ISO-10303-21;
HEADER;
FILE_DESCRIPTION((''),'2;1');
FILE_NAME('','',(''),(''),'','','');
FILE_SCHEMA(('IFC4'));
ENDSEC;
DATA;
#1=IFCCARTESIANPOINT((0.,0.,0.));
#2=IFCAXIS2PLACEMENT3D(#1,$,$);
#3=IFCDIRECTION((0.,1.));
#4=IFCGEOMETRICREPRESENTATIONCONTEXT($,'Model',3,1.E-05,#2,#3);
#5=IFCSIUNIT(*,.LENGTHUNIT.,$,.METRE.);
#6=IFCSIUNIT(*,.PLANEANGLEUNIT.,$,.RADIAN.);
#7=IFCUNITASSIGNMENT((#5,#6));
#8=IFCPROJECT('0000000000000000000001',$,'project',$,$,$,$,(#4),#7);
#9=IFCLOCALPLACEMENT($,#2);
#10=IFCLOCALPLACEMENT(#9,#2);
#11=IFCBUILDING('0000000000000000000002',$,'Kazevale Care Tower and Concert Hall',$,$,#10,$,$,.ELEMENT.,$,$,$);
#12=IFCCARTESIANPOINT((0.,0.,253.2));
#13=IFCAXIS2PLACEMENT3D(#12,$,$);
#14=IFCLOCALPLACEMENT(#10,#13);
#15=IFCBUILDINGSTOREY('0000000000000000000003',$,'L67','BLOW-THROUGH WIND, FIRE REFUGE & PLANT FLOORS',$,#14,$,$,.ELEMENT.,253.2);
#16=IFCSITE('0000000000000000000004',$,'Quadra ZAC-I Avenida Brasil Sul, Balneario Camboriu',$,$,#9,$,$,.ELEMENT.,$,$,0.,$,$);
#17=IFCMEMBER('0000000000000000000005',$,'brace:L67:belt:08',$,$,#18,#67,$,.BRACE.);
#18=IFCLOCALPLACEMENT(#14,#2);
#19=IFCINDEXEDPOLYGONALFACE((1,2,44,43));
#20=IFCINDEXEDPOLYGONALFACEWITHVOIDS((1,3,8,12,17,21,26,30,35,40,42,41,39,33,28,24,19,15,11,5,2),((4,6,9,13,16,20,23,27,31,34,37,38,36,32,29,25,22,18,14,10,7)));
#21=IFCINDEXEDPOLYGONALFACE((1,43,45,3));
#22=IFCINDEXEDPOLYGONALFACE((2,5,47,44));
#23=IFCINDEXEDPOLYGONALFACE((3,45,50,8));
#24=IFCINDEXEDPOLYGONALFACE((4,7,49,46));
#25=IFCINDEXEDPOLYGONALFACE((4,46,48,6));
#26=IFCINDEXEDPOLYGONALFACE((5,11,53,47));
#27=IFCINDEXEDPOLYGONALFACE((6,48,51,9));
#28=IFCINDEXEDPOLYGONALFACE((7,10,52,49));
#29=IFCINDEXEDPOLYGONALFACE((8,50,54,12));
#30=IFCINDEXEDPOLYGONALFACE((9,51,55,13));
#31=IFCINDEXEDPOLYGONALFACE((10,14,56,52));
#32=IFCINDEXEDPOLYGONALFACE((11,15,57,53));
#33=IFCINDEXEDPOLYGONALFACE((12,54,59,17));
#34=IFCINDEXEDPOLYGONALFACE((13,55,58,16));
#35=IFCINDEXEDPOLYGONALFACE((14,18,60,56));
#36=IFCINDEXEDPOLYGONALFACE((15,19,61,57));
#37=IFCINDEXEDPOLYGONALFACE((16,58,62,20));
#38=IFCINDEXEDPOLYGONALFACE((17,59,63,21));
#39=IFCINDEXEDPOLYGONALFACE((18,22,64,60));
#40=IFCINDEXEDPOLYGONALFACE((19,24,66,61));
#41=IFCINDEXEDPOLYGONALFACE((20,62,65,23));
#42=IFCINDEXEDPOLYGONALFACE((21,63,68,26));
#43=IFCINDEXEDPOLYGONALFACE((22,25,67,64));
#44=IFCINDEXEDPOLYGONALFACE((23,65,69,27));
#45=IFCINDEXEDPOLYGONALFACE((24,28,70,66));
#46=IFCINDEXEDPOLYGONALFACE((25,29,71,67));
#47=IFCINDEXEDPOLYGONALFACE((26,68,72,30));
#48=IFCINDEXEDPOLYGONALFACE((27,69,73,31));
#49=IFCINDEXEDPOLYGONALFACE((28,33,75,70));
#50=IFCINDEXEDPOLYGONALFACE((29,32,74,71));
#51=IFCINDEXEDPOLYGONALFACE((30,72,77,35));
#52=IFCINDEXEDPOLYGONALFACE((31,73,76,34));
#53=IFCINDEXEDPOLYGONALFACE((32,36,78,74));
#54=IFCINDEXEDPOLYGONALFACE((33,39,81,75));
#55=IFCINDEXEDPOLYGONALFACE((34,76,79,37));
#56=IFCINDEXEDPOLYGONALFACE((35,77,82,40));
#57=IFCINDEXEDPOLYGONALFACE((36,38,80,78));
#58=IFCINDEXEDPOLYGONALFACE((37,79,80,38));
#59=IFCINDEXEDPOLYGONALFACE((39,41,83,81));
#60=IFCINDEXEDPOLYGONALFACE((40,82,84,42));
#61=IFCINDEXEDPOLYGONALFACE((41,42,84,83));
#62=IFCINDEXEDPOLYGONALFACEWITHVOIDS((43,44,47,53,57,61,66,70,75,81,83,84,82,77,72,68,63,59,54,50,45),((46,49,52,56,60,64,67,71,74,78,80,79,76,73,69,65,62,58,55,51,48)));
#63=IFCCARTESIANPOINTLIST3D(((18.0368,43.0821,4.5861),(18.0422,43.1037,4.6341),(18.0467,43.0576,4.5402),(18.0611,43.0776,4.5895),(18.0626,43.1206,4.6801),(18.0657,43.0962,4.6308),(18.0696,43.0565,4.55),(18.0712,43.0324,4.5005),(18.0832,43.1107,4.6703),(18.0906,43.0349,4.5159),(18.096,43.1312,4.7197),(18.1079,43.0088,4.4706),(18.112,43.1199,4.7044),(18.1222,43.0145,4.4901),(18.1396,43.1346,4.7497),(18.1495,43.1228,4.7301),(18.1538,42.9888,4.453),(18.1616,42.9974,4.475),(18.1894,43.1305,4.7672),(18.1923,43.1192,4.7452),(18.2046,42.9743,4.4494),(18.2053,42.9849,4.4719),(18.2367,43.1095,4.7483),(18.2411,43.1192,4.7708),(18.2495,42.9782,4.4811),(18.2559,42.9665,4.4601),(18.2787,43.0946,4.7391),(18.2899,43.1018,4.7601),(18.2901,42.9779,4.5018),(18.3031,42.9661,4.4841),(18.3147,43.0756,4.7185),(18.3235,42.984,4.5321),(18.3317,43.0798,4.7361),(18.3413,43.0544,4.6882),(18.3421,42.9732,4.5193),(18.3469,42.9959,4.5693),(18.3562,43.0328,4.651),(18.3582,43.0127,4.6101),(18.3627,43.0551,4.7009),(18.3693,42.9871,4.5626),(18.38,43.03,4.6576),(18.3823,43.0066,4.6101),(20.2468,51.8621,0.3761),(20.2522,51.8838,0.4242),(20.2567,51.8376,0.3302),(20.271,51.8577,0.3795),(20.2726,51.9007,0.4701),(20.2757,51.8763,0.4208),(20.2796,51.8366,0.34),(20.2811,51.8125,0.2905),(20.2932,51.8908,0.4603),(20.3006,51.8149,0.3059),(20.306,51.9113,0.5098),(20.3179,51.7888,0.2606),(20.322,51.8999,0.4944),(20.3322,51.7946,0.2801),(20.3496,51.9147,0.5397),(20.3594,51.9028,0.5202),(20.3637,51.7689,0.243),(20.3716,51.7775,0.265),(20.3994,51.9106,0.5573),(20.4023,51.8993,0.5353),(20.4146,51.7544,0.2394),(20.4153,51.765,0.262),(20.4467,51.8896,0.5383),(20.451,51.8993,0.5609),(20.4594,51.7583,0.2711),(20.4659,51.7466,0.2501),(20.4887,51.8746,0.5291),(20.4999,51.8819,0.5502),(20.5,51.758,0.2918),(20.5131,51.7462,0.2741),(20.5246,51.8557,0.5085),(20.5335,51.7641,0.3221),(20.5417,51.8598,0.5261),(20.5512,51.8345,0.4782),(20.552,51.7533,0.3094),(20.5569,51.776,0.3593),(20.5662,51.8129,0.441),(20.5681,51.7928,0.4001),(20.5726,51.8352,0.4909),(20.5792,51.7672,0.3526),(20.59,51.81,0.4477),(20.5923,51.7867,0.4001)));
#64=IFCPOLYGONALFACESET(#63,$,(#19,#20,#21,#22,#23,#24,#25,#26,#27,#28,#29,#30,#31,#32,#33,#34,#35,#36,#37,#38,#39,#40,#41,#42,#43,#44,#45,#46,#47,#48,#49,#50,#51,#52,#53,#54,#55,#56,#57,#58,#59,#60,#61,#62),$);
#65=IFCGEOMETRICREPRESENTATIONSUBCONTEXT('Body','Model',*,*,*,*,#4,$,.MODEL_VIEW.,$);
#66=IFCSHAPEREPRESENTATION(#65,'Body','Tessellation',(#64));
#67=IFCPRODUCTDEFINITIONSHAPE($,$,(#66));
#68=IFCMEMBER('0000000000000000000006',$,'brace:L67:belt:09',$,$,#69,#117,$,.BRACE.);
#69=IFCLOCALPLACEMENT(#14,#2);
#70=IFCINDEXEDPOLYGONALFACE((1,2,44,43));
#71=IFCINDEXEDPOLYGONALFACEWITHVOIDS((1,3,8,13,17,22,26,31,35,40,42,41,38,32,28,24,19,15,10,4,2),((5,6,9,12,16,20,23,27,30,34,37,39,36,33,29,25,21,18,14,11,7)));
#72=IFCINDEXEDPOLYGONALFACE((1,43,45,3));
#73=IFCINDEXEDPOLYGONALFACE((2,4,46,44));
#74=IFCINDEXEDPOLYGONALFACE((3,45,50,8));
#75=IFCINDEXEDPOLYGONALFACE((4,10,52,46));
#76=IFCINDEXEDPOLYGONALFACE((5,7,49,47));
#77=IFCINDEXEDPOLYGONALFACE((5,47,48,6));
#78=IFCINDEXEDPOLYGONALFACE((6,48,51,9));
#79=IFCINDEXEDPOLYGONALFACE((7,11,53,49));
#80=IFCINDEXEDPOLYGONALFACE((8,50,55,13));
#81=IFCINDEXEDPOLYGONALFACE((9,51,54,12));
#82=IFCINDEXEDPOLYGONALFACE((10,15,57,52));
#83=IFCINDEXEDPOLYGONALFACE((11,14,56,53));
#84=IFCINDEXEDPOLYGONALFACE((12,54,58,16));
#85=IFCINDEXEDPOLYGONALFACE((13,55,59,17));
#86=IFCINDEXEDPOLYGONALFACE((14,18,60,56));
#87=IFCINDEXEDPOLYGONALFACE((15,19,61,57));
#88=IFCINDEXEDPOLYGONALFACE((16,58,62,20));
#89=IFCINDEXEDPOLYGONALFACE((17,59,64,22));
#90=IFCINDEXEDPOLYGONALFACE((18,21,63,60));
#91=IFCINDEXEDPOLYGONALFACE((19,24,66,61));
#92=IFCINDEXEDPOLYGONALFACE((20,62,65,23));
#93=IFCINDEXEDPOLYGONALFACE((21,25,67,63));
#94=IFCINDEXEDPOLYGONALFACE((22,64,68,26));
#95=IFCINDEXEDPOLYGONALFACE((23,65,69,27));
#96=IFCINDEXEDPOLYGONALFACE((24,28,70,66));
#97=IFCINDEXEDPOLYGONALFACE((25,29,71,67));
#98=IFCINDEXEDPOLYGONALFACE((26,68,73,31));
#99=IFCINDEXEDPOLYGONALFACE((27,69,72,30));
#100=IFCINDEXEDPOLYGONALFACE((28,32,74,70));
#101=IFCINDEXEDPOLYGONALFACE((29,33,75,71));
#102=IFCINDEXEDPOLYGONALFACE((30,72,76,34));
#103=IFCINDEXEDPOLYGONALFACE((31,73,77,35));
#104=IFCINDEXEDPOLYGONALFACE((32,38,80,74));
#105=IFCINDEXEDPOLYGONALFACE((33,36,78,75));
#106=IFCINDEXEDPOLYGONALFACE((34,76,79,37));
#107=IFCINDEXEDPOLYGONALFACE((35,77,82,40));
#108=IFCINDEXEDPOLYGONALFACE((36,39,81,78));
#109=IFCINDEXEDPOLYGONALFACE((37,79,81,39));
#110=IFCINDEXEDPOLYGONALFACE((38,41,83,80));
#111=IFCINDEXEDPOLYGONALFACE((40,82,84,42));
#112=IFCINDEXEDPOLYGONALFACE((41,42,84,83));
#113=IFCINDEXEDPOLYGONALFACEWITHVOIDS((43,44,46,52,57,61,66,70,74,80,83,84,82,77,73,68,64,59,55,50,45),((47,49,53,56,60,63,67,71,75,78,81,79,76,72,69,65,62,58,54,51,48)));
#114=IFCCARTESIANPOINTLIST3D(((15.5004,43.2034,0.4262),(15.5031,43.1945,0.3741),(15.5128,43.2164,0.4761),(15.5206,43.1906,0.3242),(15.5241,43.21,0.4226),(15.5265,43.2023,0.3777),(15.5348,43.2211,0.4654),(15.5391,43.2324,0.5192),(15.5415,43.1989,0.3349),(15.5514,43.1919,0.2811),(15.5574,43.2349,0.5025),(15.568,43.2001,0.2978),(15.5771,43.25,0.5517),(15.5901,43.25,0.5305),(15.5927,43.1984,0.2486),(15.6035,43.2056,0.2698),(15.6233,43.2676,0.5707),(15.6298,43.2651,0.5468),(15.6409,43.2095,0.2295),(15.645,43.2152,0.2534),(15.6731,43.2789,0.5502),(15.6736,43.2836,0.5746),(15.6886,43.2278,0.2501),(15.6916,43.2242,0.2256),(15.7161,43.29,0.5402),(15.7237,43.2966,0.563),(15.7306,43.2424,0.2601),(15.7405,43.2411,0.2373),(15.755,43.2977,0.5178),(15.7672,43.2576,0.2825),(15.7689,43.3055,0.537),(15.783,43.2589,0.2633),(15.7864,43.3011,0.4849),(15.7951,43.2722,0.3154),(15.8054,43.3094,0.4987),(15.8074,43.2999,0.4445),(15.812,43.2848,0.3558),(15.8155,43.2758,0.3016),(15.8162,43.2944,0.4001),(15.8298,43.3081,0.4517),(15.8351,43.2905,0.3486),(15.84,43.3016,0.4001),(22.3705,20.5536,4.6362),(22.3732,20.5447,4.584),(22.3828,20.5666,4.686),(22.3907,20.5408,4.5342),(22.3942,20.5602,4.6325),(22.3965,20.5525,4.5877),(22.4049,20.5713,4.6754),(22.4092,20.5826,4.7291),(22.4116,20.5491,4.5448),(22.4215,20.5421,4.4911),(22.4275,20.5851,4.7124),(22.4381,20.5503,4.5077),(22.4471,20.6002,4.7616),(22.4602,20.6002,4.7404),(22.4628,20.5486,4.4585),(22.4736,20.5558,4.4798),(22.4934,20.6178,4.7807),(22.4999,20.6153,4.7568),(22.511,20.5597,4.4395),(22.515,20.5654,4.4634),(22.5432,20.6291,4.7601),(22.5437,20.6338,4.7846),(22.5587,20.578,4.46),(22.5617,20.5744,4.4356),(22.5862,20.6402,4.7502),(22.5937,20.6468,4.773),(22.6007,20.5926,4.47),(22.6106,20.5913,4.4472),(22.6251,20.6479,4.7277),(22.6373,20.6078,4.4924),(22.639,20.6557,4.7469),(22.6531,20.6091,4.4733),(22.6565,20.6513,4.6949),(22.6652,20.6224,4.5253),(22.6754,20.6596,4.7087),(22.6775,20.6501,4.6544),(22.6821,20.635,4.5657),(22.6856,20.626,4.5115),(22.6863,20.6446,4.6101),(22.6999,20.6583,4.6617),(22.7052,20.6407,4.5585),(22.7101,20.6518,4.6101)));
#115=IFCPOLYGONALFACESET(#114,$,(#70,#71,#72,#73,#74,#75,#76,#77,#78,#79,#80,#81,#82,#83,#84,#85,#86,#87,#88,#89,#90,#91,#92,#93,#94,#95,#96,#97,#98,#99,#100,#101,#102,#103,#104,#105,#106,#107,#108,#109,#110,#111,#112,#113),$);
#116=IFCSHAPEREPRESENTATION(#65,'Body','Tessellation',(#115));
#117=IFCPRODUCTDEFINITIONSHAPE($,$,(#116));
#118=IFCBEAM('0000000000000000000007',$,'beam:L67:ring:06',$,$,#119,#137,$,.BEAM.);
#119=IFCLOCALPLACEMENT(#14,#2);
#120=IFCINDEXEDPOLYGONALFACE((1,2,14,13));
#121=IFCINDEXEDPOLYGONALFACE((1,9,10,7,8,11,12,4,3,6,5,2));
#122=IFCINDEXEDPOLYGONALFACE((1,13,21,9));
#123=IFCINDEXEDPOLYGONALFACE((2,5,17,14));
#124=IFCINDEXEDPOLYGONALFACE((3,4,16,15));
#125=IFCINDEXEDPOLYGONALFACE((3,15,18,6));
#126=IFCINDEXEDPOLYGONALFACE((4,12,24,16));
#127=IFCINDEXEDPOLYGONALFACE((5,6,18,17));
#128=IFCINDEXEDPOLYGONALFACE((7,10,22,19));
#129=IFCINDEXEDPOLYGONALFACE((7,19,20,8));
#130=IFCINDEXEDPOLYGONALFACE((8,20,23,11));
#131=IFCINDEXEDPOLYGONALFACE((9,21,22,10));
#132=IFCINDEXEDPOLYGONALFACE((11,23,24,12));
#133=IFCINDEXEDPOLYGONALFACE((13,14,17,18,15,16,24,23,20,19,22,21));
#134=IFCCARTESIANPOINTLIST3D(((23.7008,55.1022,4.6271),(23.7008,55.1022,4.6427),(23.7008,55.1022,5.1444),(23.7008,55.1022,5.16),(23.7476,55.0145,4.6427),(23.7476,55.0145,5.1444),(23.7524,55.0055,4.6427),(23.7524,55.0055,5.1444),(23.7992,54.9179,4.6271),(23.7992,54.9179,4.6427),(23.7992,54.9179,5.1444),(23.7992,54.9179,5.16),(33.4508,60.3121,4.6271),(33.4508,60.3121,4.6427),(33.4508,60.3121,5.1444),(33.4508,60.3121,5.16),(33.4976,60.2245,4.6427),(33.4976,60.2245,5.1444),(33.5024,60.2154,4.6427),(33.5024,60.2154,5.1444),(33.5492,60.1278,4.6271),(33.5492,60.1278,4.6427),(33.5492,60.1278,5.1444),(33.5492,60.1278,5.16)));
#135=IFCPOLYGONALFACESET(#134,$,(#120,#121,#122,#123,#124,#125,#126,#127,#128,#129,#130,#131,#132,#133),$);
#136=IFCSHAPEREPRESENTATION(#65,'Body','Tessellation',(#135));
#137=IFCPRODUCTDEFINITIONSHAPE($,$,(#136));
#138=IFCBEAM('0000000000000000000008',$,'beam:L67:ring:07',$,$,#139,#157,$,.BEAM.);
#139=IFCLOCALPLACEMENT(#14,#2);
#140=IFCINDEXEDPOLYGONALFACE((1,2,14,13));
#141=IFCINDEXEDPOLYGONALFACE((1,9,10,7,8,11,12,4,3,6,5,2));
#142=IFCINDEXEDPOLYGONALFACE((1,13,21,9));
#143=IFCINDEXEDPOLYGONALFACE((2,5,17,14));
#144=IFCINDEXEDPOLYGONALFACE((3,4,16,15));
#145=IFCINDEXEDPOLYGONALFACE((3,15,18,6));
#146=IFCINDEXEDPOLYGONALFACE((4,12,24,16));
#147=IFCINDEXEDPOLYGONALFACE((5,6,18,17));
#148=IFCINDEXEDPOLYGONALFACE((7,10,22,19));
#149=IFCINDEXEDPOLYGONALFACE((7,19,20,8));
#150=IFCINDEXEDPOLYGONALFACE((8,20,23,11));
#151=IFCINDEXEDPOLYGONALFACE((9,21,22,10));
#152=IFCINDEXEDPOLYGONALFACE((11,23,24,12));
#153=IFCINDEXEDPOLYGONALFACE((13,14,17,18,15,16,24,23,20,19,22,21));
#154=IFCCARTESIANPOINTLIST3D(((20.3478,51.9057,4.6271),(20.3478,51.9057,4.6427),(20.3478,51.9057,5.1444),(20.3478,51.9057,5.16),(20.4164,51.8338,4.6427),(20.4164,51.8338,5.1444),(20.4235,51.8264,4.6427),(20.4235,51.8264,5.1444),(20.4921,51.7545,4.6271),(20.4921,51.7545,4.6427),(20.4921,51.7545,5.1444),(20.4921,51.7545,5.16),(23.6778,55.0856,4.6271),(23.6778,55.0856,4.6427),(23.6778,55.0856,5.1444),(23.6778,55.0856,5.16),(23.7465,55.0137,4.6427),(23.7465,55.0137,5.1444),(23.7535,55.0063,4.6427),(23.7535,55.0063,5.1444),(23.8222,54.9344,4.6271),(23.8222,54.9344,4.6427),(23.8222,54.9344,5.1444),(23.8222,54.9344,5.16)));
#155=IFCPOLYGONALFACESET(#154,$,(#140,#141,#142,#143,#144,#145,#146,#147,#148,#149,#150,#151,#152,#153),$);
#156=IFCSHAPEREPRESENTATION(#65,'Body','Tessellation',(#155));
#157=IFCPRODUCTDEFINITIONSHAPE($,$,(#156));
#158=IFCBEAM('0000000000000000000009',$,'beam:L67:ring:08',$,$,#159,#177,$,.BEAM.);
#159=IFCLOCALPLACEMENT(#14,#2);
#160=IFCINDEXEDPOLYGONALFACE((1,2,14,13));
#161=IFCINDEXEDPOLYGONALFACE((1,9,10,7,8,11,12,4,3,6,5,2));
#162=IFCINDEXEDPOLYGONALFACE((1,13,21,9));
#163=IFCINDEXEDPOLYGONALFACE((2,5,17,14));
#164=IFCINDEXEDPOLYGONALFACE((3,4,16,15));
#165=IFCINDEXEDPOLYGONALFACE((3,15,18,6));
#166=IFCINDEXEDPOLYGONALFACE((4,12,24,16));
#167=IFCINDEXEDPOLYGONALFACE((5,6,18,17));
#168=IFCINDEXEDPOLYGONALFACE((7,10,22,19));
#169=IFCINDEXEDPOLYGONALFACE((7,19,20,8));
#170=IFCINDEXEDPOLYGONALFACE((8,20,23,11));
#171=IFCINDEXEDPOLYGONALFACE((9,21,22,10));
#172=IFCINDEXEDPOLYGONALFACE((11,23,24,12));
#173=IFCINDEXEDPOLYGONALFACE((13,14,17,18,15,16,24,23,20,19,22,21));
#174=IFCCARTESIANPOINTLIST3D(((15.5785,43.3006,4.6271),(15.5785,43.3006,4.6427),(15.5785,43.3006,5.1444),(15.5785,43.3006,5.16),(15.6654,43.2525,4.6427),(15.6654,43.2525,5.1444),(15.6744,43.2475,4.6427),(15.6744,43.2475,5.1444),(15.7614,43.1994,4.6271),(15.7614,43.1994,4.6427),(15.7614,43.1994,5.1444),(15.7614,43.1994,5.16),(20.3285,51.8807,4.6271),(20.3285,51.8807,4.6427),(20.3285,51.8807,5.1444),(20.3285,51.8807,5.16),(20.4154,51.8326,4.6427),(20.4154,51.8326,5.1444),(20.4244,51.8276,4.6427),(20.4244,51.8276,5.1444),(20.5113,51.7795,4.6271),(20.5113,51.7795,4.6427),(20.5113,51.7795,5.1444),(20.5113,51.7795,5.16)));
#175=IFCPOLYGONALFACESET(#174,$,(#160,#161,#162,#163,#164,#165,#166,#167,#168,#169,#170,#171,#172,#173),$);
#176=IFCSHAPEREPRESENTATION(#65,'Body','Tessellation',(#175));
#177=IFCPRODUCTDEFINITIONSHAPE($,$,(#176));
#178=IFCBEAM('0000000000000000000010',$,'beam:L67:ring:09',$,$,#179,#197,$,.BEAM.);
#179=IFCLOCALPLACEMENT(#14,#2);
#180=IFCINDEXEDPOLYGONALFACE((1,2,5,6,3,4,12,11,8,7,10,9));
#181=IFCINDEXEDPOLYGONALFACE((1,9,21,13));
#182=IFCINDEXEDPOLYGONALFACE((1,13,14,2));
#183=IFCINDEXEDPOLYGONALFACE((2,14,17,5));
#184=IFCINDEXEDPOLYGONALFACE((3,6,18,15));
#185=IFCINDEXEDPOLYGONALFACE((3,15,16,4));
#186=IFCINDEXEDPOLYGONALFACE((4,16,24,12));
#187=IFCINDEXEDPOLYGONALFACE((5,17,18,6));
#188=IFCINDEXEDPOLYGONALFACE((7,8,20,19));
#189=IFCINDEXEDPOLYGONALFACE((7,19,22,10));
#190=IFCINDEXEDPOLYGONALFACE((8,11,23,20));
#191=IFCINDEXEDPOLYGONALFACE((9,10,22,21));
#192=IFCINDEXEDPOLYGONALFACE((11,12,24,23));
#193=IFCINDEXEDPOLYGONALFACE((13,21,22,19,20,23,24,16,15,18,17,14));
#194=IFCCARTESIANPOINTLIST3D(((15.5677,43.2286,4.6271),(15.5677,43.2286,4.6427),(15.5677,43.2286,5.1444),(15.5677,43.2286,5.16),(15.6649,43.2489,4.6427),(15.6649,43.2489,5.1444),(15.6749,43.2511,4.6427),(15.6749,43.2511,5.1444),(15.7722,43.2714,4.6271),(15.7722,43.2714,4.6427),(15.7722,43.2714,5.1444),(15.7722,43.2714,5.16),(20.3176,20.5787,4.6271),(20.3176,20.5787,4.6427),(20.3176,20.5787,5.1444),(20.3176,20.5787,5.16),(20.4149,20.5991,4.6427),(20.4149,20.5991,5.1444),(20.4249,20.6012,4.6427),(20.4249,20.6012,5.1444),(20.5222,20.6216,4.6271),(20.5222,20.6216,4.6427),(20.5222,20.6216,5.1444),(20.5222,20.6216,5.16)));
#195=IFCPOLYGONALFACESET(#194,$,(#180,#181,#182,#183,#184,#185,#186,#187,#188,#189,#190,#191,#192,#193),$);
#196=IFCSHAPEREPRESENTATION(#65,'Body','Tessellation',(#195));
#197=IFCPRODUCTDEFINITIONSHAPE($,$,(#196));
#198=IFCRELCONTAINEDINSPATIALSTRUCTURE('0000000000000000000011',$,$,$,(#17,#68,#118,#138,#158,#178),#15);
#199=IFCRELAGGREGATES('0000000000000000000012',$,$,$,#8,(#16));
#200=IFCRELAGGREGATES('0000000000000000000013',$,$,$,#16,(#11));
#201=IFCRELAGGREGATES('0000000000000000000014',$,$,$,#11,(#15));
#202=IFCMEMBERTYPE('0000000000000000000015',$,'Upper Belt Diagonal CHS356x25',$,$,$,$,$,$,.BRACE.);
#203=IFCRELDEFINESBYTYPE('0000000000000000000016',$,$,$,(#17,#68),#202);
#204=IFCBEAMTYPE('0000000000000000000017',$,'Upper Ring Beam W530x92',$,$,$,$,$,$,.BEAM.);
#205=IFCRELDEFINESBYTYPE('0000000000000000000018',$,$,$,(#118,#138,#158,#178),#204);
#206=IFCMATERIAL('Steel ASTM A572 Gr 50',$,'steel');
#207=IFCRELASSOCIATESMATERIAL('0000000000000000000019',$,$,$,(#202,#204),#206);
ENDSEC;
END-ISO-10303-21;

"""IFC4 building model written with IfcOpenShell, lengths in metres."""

from ifc_helpers import new_model, si_unit, direction, frame, origin, origin_2d, place, context, subcontext, project, spatial, hollow_circle, i_section, extrude, material, material_profile, profile_set, type_object, element, save


model = new_model("IFC4")

# Units and contexts
model_context = context("Model", 3, precision=1e-05, world=origin(), true_north=direction((0.0, 1.0)))
body_context = subcontext(model_context, "Body", "Model", "MODEL_VIEW")
ifc_project = project(units=[si_unit("LENGTHUNIT", "METRE"), si_unit("PLANEANGLEUNIT", "RADIAN")], contexts=[model_context])

# Site, building, storey
site_placement = place(None, origin())
site = spatial("IfcSite", under=ifc_project, at=site_placement, Name="Quadra ZAC-I Avenida Brasil Sul, Balneario Camboriu", CompositionType="ELEMENT", RefElevation=0.0)
building_placement = place(site_placement, origin())
building = spatial("IfcBuilding", under=site, at=building_placement, Name="Kazevale Care Tower and Concert Hall", CompositionType="ELEMENT")
storey_placement = place(building_placement, frame((0.0, 0.0, 253.2)))
storey = spatial("IfcBuildingStorey", under=building, at=storey_placement, Name="L67", Description="BLOW-THROUGH WIND, FIRE REFUGE & PLANT FLOORS", CompositionType="ELEMENT", Elevation=253.2)

# Shared definitions
ifc_material_1 = material(Name="Steel ASTM A572 Gr 50", Category="steel")

# Members
ifc_material_profile_1 = material_profile(ifc_material_1, hollow_circle(Radius=0.1777, WallThickness=0.0249, at=origin_2d()), Name="CHS356x25")
ifc_profile_set_1 = profile_set([ifc_material_profile_1], Name="Steel ASTM A572 Gr 50")
member_type = type_object("IfcMemberType", Name="Upper Belt Diagonal CHS356x25", PredefinedType="BRACE", material=ifc_profile_set_1)
member_1_placement = place(storey_placement, frame((20.4199, 51.8301, 0.4001), z_axis=(-0.221332, -0.879338, 0.421636), x_axis=(0.969753, -0.24409, 0.0)))
element("IfcMember", 1, at=member_1_placement, inside=storey, type_object=member_type, Name="brace:L67:belt:08", PredefinedType="BRACE", context=body_context, shape_type="SweptSolid", body=[
    extrude(hollow_circle(Radius=0.1777, WallThickness=0.0249, at=origin_2d()), origin(), (0.0, 0.0, 1.0), 9.9849),
])
member_2_placement = place(storey_placement, frame((15.6699, 43.25, 0.4001), z_axis=(0.285774, -0.94216, 0.17512), x_axis=(0.956948, 0.290259, 0.0)))
element("IfcMember", 2, at=member_2_placement, inside=storey, type_object=member_type, Name="brace:L67:belt:09", PredefinedType="BRACE", context=body_context, shape_type="SweptSolid", body=[
    extrude(hollow_circle(Radius=0.1777, WallThickness=0.0249, at=origin_2d()), origin(), (0.0, 0.0, 1.0), 24.0403),
])

# Beams
ifc_material_profile_2 = material_profile(ifc_material_1, i_section(OverallWidth=0.209, OverallDepth=0.533, WebThickness=0.0103, FlangeThickness=0.0156, at=origin_2d()), Name="W530x92")
ifc_profile_set_2 = profile_set([ifc_material_profile_2], Name="Steel ASTM A572 Gr 50")
beam_type_1 = type_object("IfcBeamType", Name="Upper Ring Beam W530x92", PredefinedType="BEAM", material=ifc_profile_set_2)
beam_1_placement = place(storey_placement, frame((33.5, 60.22, 4.8936), z_axis=(-0.881979, -0.47129, 0.0), x_axis=(0.47129, -0.881979, 0.0)))
element("IfcBeam", 3, at=beam_1_placement, inside=storey, type_object=beam_type_1, Name="beam:L67:ring:06", PredefinedType="BEAM", context=body_context, shape_type="SweptSolid", body=[
    extrude(i_section(OverallWidth=0.209, OverallDepth=0.533, WebThickness=0.0103, FlangeThickness=0.0156, at=origin_2d()), origin(), (0.0, 0.0, 1.0), 11.0547),
])
beam_2_placement = place(storey_placement, frame((23.75, 55.01, 4.8936), z_axis=(-0.723223, -0.690614, 0.0), x_axis=(0.690614, -0.723223, 0.0)))
element("IfcBeam", 4, at=beam_2_placement, inside=storey, type_object=beam_type_1, Name="beam:L67:ring:07", PredefinedType="BEAM", context=body_context, shape_type="SweptSolid", body=[
    extrude(i_section(OverallWidth=0.209, OverallDepth=0.533, WebThickness=0.0103, FlangeThickness=0.0156, at=origin_2d()), origin(), (0.0, 0.0, 1.0), 4.6045),
])
beam_3_placement = place(storey_placement, frame((20.4199, 51.8301, 4.8936), z_axis=(-0.48434, -0.87488, 0.0), x_axis=(0.87488, -0.48434, 0.0)))
element("IfcBeam", 5, at=beam_3_placement, inside=storey, type_object=beam_type_1, Name="beam:L67:ring:08", PredefinedType="BEAM", context=body_context, shape_type="SweptSolid", body=[
    extrude(i_section(OverallWidth=0.209, OverallDepth=0.533, WebThickness=0.0103, FlangeThickness=0.0156, at=origin_2d()), origin(), (0.0, 0.0, 1.0), 9.8071),
])
beam_4_placement = place(storey_placement, frame((15.6699, 43.25, 4.8936), z_axis=(0.205249, -0.97871, 0.0), x_axis=(0.97871, 0.205249, 0.0)))
element("IfcBeam", 6, at=beam_4_placement, inside=storey, type_object=beam_type_1, Name="beam:L67:ring:09", PredefinedType="BEAM", context=body_context, shape_type="SweptSolid", body=[
    extrude(i_section(OverallWidth=0.209, OverallDepth=0.533, WebThickness=0.0103, FlangeThickness=0.0156, at=origin_2d()), origin(), (0.0, 0.0, 1.0), 23.1426),
])

save(model, "model.ifc")
